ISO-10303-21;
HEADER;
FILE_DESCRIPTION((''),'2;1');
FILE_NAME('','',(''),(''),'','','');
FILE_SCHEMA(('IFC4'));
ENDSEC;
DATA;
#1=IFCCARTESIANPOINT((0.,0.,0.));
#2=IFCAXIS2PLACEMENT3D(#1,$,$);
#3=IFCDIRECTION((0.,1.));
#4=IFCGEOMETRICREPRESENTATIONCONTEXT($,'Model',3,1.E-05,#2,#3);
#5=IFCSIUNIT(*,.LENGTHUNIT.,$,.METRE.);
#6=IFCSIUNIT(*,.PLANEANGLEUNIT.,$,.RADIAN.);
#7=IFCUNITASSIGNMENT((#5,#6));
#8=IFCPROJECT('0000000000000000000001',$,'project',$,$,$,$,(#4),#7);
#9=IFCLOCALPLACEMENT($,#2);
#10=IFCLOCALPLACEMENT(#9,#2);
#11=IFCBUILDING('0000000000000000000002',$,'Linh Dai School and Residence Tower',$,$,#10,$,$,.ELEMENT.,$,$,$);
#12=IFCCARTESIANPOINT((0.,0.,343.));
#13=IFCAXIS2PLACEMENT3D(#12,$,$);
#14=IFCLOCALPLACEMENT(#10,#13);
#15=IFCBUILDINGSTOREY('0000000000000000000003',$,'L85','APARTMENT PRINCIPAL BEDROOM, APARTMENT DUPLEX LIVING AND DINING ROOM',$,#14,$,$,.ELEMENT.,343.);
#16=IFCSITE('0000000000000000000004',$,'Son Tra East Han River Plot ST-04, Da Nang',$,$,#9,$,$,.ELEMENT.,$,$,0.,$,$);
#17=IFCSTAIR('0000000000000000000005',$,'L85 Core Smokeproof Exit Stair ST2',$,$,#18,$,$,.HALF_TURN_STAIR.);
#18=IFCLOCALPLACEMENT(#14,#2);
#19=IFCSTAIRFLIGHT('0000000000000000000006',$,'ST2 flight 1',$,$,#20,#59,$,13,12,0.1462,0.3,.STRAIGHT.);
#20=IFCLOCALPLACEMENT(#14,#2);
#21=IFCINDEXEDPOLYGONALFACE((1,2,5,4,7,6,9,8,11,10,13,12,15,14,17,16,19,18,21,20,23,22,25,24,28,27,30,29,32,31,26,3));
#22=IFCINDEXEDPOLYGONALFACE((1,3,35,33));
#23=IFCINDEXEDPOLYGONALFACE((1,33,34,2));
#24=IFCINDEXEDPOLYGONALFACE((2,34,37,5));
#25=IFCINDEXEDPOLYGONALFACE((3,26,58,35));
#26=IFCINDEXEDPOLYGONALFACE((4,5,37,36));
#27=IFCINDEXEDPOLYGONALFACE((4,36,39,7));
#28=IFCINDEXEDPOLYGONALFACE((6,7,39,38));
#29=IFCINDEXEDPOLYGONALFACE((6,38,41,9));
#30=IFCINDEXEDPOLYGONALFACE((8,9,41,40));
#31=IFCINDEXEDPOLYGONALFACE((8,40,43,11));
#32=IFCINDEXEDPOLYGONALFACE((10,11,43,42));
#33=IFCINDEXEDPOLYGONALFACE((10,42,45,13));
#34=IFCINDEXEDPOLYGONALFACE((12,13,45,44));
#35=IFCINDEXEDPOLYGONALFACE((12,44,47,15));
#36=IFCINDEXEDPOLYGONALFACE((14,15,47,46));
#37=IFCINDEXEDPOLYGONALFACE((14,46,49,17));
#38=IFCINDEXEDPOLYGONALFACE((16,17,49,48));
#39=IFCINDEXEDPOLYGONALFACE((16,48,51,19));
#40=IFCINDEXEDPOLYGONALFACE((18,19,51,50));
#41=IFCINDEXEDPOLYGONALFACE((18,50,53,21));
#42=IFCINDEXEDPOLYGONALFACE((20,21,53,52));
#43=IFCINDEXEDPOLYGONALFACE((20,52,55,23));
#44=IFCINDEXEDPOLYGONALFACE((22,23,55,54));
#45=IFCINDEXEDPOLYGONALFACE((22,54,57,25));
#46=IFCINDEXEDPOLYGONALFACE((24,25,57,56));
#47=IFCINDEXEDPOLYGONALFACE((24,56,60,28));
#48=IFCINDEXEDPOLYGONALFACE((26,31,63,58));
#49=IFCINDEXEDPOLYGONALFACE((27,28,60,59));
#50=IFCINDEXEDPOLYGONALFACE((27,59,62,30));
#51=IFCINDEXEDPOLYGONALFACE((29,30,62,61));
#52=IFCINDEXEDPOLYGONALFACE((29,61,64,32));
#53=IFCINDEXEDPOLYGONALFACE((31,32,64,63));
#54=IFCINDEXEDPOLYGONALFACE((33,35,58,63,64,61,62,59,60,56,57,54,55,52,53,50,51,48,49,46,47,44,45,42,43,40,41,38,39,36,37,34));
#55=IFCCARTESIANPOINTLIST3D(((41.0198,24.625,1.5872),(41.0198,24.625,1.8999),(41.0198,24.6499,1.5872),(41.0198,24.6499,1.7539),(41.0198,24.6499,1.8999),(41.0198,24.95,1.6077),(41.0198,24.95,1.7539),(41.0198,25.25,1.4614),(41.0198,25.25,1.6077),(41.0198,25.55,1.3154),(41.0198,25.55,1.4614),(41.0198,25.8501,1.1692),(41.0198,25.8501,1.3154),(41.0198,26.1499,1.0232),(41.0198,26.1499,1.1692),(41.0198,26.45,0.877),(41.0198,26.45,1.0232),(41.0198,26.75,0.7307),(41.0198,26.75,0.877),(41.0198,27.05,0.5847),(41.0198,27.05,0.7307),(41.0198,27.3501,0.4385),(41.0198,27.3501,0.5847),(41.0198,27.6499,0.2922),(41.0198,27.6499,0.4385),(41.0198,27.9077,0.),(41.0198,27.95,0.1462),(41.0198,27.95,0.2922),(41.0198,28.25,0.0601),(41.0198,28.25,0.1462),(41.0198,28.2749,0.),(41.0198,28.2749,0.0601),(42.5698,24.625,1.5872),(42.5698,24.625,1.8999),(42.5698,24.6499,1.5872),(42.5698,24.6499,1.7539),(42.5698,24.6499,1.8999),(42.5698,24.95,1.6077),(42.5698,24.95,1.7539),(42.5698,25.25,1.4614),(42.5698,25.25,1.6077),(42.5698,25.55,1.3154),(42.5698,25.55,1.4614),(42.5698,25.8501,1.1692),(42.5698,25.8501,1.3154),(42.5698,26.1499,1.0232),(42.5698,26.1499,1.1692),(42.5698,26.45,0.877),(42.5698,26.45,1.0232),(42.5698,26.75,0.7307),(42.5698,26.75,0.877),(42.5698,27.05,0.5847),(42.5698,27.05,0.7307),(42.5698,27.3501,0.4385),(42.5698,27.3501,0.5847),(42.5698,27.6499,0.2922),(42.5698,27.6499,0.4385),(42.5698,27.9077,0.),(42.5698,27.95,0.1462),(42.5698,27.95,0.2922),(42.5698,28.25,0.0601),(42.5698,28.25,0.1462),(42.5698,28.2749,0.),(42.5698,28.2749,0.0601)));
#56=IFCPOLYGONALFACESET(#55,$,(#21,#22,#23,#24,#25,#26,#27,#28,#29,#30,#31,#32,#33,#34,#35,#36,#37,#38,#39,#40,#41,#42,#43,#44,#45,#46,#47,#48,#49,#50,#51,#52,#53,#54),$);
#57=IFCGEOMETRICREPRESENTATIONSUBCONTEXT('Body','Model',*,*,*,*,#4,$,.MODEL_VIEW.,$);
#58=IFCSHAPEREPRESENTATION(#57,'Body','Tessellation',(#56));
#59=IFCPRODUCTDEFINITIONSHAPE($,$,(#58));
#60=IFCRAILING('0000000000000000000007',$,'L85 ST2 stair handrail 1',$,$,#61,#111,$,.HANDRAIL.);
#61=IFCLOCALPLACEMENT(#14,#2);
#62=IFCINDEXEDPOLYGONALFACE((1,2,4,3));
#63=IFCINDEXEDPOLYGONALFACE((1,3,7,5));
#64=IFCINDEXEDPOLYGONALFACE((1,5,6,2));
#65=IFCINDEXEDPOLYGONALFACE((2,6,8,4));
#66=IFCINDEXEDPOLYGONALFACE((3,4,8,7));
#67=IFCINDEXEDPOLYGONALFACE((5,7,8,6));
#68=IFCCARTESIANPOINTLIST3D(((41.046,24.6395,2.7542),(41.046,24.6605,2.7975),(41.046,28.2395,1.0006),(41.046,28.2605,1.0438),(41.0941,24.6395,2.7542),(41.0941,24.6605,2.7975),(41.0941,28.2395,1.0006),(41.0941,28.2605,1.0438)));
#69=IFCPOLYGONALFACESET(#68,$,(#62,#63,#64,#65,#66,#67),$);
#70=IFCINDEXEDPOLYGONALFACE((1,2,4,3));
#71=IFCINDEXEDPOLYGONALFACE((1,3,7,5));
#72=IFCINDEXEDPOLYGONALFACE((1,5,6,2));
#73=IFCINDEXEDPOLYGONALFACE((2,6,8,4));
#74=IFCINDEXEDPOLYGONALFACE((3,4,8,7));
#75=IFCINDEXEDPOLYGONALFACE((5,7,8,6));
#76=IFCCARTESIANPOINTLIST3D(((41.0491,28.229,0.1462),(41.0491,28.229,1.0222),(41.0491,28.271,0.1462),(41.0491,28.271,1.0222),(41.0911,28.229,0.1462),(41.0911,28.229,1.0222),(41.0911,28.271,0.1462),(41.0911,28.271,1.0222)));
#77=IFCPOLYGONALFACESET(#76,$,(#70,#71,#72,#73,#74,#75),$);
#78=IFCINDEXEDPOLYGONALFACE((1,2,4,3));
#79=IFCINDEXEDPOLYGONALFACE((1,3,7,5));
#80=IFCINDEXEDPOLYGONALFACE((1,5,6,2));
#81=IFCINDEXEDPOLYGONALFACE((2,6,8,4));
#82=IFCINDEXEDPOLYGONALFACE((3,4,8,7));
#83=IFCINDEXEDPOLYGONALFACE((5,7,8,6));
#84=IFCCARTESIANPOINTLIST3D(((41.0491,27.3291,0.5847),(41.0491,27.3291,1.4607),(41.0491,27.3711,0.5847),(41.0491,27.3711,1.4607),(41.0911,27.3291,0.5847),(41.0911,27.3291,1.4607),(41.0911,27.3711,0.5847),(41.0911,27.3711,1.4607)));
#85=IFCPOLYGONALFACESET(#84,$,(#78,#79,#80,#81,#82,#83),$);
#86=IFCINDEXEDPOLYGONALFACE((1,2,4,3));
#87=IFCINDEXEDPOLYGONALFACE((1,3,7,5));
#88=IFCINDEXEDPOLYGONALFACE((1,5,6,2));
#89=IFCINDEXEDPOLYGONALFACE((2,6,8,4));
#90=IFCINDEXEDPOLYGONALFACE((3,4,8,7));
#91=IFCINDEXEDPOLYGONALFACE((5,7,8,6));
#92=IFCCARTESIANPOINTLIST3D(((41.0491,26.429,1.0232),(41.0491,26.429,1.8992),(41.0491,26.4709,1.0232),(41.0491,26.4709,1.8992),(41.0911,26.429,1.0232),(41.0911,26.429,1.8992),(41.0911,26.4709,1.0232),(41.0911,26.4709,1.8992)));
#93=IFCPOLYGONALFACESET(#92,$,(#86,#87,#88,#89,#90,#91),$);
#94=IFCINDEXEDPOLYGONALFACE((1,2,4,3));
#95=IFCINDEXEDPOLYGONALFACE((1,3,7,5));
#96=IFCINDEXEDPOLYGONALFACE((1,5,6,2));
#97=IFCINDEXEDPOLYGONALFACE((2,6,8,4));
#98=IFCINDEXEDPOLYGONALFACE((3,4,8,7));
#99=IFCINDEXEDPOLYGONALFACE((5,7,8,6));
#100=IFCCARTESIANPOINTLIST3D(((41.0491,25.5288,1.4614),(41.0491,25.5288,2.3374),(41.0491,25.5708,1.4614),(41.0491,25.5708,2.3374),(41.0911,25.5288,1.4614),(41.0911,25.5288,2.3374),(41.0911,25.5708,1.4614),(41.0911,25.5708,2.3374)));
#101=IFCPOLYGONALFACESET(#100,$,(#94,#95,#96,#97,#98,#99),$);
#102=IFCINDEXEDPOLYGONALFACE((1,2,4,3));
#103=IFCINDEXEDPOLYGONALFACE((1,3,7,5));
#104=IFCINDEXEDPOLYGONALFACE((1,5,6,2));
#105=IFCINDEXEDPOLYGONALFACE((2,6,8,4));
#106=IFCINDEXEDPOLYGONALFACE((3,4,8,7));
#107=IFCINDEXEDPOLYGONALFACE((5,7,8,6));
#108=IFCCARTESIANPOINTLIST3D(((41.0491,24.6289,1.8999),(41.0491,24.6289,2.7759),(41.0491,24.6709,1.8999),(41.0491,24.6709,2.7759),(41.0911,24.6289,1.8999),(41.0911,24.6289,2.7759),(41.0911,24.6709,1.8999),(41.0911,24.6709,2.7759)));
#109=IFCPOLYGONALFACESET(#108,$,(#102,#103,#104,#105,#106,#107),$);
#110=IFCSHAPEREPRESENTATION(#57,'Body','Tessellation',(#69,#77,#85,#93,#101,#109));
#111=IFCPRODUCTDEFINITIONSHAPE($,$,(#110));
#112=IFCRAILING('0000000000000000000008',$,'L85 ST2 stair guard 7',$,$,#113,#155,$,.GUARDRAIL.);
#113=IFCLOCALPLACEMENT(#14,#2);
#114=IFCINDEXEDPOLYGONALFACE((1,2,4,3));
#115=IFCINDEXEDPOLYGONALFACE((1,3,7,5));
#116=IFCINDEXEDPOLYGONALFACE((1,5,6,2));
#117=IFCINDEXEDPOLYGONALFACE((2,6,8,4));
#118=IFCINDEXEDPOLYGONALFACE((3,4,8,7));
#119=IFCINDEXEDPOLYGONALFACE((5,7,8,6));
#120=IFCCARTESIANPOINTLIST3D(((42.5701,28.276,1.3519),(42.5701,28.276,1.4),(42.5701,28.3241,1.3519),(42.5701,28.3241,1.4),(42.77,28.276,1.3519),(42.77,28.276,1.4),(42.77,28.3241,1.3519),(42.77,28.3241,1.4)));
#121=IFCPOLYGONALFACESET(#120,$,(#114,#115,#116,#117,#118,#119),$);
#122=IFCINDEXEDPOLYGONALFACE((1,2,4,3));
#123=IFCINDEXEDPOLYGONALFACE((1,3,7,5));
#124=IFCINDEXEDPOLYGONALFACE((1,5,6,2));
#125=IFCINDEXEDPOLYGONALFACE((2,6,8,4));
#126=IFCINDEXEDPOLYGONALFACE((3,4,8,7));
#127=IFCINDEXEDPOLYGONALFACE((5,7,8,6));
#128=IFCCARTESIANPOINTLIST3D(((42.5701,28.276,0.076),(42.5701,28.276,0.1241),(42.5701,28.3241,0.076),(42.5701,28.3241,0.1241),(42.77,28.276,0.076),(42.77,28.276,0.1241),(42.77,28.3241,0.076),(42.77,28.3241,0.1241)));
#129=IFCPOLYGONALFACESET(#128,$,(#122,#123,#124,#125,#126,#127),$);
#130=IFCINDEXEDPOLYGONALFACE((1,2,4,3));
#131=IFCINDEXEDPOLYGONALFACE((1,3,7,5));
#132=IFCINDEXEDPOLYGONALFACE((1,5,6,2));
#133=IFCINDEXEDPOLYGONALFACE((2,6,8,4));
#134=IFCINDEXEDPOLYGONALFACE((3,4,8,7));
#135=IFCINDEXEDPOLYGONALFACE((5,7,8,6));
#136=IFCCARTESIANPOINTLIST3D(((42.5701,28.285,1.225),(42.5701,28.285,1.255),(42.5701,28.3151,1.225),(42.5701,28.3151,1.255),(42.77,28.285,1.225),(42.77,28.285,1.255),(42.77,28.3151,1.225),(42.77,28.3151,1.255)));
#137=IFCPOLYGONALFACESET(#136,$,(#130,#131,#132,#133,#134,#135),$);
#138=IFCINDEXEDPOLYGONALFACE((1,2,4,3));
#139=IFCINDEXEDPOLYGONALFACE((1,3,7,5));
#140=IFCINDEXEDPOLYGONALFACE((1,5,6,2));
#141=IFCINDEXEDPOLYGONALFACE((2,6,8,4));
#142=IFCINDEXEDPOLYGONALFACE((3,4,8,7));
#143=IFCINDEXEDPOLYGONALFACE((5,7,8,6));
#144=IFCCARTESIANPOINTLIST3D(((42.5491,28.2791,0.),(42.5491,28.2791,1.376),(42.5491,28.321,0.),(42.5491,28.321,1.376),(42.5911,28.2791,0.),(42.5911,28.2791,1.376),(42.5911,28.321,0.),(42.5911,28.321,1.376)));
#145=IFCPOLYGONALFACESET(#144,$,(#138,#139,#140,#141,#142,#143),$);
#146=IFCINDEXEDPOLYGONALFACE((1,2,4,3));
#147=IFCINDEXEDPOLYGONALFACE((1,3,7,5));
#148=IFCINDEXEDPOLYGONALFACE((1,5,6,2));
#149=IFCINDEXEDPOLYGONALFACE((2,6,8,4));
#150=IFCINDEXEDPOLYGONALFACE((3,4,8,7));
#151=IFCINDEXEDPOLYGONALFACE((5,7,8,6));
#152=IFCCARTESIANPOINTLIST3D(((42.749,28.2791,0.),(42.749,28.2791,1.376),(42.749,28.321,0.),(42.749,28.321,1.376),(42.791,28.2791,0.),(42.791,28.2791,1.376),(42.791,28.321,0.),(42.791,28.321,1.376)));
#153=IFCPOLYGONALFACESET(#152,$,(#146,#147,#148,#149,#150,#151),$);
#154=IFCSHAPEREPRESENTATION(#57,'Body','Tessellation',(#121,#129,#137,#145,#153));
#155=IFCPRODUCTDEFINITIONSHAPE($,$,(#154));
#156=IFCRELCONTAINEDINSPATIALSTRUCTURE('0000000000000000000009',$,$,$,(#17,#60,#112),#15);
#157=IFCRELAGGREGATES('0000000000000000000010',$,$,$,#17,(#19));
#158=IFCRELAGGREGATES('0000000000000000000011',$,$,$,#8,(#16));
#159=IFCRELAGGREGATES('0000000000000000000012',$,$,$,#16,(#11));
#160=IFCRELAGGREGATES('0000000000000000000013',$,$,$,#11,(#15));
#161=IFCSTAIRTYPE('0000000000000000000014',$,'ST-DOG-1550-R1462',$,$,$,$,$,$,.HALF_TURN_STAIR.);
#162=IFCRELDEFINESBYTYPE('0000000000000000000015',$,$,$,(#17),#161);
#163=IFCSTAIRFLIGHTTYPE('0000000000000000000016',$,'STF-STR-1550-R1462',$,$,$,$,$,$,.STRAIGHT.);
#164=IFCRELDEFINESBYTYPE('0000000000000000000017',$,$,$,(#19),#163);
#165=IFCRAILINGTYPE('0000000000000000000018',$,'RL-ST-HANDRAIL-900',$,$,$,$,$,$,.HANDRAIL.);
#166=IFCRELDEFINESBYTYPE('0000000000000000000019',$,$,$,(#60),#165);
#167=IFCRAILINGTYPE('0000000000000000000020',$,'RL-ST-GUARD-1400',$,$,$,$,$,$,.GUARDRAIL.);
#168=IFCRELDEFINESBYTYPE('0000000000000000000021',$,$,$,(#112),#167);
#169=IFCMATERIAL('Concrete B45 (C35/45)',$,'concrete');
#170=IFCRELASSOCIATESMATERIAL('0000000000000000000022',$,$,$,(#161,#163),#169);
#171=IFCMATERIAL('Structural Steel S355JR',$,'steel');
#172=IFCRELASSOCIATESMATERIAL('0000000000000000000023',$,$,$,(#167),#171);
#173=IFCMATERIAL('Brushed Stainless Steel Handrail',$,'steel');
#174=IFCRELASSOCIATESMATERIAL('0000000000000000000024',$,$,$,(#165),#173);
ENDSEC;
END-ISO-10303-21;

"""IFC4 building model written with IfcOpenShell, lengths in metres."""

from ifc_helpers import new_model, si_unit, direction, frame, origin, origin_2d, place, context, subcontext, project, spatial, polyline, rectangle, outline, extrude, source, transform, mapped, material, type_object, element, aggregate, save


model = new_model("IFC4")

# Units and contexts
model_context = context("Model", 3, precision=1e-05, world=origin(), true_north=direction((0.0, 1.0)))
body_context = subcontext(model_context, "Body", "Model", "MODEL_VIEW")
ifc_project = project(units=[si_unit("LENGTHUNIT", "METRE"), si_unit("PLANEANGLEUNIT", "RADIAN")], contexts=[model_context])

# Site, building, storey
site_placement = place(None, origin())
site = spatial("IfcSite", under=ifc_project, at=site_placement, Name="Son Tra East Han River Plot ST-04, Da Nang", CompositionType="ELEMENT", RefElevation=0.0)
building_placement = place(site_placement, origin())
building = spatial("IfcBuilding", under=site, at=building_placement, Name="Linh Dai School and Residence Tower", CompositionType="ELEMENT")
storey_placement = place(building_placement, frame((0.0, 0.0, 343.0)))
storey = spatial("IfcBuildingStorey", under=building, at=storey_placement, Name="L85", Description="APARTMENT PRINCIPAL BEDROOM, APARTMENT DUPLEX LIVING AND DINING ROOM", CompositionType="ELEMENT", Elevation=343.0)

# Shared definitions
ifc_material_1 = material(Name="Structural Steel S355JR", Category="steel")

# Shared definitions
ifc_material_2 = material(Name="Concrete B45 (C35/45)", Category="concrete")

# Stair, stair flight
stair_type = type_object("IfcStairType", Name="ST-DOG-1550-R1462", PredefinedType="HALF_TURN_STAIR", material=ifc_material_2)
stair_placement = place(storey_placement, origin())
stair = element("IfcStair", 1, at=stair_placement, inside=storey, type_object=stair_type, Name="L85 Core Smokeproof Exit Stair ST2", PredefinedType="HALF_TURN_STAIR")
stair_flight_type = type_object("IfcStairFlightType", Name="STF-STR-1550-R1462", PredefinedType="STRAIGHT", material=ifc_material_2)
shared_shape_1 = source(origin(), body_context, "Body", "SweptSolid", [
    extrude(outline(polyline([(-0.0249, 0.0), (-0.0249, 0.0601), (0.0, 0.0601), (0.0, 0.1462), (0.3, 0.1462), (0.3, 0.2922), (0.6001, 0.2922), (0.6001, 0.4385), (0.8999, 0.4385), (0.8999, 0.5847), (1.2, 0.5847), (1.2, 0.7307), (1.5, 0.7307), (1.5, 0.877), (1.8, 0.877), (1.8, 1.0232), (2.1001, 1.0232), (2.1001, 1.1692), (2.3999, 1.1692), (2.3999, 1.3154), (2.7, 1.3154), (2.7, 1.4614), (3.0, 1.4614), (3.0, 1.6077), (3.3, 1.6077), (3.3, 1.7539), (3.6001, 1.7539), (3.6001, 1.8999), (3.625, 1.8999), (3.625, 1.5872), (3.6001, 1.5872), (0.3423, 0.0), (-0.0249, 0.0)])), frame((0.0, 0.7749, 0.0), z_axis=(0.0, -1.0, 0.0), x_axis=(1.0, 0.0, 0.0)), (0.0, 0.0, 1.0), 1.55),
])
stair_flight_placement = place(storey_placement, frame((41.7949, 28.25, 0.0), z_axis=(0.0, 0.0, 1.0), x_axis=(0.0, -1.0, 0.0)))
stair_flight = element("IfcStairFlight", 2, at=stair_flight_placement, type_object=stair_flight_type, Name="ST2 flight 1", NumberOfRisers=13, NumberOfTreads=12, PredefinedType="STRAIGHT", RiserHeight=0.1462, TreadLength=0.3, context=body_context, shape_type="MappedRepresentation", body=[
    mapped(shared_shape_1, transform((0.0, 0.0, 0.0), x_axis=(1.0, 0.0, 0.0), y_axis=(0.0, 1.0, 0.0), z_axis=(0.0, 0.0, 1.0), scale=1.0)),
])
aggregate(stair, [stair_flight])

# Railings
railing_type_1 = type_object("IfcRailingType", Name="RL-ST-GUARD-1400", PredefinedType="GUARDRAIL", material=ifc_material_1)
ifc_material_3 = material(Name="Brushed Stainless Steel Handrail", Category="steel")
railing_type_2 = type_object("IfcRailingType", Name="RL-ST-HANDRAIL-900", PredefinedType="HANDRAIL", material=ifc_material_3)
shared_shape_2 = source(origin(), body_context, "Body", "SweptSolid", [
    extrude(rectangle(XDim=0.0481, YDim=0.0481, at=origin_2d()), frame((0.0, 0.0, 0.876), z_axis=(0.0, -0.899013, 0.437923), x_axis=(1.0, 0.0, 0.0)), (0.0, 0.0, 1.0), 4.0044),
    extrude(rectangle(XDim=0.042, YDim=0.042, at=origin_2d()), origin(), (0.0, 0.0, 1.0), 0.876),
    extrude(rectangle(XDim=0.042, YDim=0.042, at=origin_2d()), frame((0.0, -0.8999, 0.4385)), (0.0, 0.0, 1.0), 0.876),
    extrude(rectangle(XDim=0.042, YDim=0.042, at=origin_2d()), frame((0.0, -1.8, 0.877)), (0.0, 0.0, 1.0), 0.876),
    extrude(rectangle(XDim=0.042, YDim=0.042, at=origin_2d()), frame((0.0, -2.7002, 1.3152)), (0.0, 0.0, 1.0), 0.876),
    extrude(rectangle(XDim=0.042, YDim=0.042, at=origin_2d()), frame((0.0, -3.6001, 1.7537)), (0.0, 0.0, 1.0), 0.876),
])
railing_1_placement = place(storey_placement, frame((41.0701, 28.25, 0.1462)))
element("IfcRailing", 3, at=railing_1_placement, inside=storey, type_object=railing_type_2, Name="L85 ST2 stair handrail 1", PredefinedType="HANDRAIL", context=body_context, shape_type="MappedRepresentation", body=[
    mapped(shared_shape_2, transform((0.0, 0.0, 0.0), x_axis=(1.0, 0.0, 0.0), y_axis=(0.0, 1.0, 0.0), z_axis=(0.0, 0.0, 1.0), scale=1.0)),
])
shared_shape_3 = source(origin(), body_context, "Body", "SweptSolid", [
    extrude(rectangle(XDim=0.0481, YDim=0.0481, at=origin_2d()), frame((0.0, 0.0, 1.376), z_axis=(1.0, 0.0, 0.0), x_axis=(0.0, 1.0, 0.0)), (0.0, 0.0, 1.0), 0.2),
    extrude(rectangle(XDim=0.0481, YDim=0.0481, at=origin_2d()), frame((0.0, 0.0, 0.1001), z_axis=(1.0, 0.0, 0.0), x_axis=(0.0, 1.0, 0.0)), (0.0, 0.0, 1.0), 0.2),
    extrude(rectangle(XDim=0.03, YDim=0.03, at=origin_2d()), frame((0.0, 0.0, 1.24), z_axis=(1.0, 0.0, 0.0), x_axis=(0.0, 1.0, 0.0)), (0.0, 0.0, 1.0), 0.2),
    extrude(rectangle(XDim=0.042, YDim=0.042, at=origin_2d()), origin(), (0.0, 0.0, 1.0), 1.376),
    extrude(rectangle(XDim=0.042, YDim=0.042, at=origin_2d()), frame((0.2, 0.0, 0.0)), (0.0, 0.0, 1.0), 1.376),
])
railing_2_placement = place(storey_placement, frame((42.5701, 28.3, 0.0)))
element("IfcRailing", 4, at=railing_2_placement, inside=storey, type_object=railing_type_1, Name="L85 ST2 stair guard 7", PredefinedType="GUARDRAIL", context=body_context, shape_type="MappedRepresentation", body=[
    mapped(shared_shape_3, transform((0.0, 0.0, 0.0), x_axis=(1.0, 0.0, 0.0), y_axis=(0.0, 1.0, 0.0), z_axis=(0.0, 0.0, 1.0), scale=1.0)),
])

save(model, "model.ifc")
